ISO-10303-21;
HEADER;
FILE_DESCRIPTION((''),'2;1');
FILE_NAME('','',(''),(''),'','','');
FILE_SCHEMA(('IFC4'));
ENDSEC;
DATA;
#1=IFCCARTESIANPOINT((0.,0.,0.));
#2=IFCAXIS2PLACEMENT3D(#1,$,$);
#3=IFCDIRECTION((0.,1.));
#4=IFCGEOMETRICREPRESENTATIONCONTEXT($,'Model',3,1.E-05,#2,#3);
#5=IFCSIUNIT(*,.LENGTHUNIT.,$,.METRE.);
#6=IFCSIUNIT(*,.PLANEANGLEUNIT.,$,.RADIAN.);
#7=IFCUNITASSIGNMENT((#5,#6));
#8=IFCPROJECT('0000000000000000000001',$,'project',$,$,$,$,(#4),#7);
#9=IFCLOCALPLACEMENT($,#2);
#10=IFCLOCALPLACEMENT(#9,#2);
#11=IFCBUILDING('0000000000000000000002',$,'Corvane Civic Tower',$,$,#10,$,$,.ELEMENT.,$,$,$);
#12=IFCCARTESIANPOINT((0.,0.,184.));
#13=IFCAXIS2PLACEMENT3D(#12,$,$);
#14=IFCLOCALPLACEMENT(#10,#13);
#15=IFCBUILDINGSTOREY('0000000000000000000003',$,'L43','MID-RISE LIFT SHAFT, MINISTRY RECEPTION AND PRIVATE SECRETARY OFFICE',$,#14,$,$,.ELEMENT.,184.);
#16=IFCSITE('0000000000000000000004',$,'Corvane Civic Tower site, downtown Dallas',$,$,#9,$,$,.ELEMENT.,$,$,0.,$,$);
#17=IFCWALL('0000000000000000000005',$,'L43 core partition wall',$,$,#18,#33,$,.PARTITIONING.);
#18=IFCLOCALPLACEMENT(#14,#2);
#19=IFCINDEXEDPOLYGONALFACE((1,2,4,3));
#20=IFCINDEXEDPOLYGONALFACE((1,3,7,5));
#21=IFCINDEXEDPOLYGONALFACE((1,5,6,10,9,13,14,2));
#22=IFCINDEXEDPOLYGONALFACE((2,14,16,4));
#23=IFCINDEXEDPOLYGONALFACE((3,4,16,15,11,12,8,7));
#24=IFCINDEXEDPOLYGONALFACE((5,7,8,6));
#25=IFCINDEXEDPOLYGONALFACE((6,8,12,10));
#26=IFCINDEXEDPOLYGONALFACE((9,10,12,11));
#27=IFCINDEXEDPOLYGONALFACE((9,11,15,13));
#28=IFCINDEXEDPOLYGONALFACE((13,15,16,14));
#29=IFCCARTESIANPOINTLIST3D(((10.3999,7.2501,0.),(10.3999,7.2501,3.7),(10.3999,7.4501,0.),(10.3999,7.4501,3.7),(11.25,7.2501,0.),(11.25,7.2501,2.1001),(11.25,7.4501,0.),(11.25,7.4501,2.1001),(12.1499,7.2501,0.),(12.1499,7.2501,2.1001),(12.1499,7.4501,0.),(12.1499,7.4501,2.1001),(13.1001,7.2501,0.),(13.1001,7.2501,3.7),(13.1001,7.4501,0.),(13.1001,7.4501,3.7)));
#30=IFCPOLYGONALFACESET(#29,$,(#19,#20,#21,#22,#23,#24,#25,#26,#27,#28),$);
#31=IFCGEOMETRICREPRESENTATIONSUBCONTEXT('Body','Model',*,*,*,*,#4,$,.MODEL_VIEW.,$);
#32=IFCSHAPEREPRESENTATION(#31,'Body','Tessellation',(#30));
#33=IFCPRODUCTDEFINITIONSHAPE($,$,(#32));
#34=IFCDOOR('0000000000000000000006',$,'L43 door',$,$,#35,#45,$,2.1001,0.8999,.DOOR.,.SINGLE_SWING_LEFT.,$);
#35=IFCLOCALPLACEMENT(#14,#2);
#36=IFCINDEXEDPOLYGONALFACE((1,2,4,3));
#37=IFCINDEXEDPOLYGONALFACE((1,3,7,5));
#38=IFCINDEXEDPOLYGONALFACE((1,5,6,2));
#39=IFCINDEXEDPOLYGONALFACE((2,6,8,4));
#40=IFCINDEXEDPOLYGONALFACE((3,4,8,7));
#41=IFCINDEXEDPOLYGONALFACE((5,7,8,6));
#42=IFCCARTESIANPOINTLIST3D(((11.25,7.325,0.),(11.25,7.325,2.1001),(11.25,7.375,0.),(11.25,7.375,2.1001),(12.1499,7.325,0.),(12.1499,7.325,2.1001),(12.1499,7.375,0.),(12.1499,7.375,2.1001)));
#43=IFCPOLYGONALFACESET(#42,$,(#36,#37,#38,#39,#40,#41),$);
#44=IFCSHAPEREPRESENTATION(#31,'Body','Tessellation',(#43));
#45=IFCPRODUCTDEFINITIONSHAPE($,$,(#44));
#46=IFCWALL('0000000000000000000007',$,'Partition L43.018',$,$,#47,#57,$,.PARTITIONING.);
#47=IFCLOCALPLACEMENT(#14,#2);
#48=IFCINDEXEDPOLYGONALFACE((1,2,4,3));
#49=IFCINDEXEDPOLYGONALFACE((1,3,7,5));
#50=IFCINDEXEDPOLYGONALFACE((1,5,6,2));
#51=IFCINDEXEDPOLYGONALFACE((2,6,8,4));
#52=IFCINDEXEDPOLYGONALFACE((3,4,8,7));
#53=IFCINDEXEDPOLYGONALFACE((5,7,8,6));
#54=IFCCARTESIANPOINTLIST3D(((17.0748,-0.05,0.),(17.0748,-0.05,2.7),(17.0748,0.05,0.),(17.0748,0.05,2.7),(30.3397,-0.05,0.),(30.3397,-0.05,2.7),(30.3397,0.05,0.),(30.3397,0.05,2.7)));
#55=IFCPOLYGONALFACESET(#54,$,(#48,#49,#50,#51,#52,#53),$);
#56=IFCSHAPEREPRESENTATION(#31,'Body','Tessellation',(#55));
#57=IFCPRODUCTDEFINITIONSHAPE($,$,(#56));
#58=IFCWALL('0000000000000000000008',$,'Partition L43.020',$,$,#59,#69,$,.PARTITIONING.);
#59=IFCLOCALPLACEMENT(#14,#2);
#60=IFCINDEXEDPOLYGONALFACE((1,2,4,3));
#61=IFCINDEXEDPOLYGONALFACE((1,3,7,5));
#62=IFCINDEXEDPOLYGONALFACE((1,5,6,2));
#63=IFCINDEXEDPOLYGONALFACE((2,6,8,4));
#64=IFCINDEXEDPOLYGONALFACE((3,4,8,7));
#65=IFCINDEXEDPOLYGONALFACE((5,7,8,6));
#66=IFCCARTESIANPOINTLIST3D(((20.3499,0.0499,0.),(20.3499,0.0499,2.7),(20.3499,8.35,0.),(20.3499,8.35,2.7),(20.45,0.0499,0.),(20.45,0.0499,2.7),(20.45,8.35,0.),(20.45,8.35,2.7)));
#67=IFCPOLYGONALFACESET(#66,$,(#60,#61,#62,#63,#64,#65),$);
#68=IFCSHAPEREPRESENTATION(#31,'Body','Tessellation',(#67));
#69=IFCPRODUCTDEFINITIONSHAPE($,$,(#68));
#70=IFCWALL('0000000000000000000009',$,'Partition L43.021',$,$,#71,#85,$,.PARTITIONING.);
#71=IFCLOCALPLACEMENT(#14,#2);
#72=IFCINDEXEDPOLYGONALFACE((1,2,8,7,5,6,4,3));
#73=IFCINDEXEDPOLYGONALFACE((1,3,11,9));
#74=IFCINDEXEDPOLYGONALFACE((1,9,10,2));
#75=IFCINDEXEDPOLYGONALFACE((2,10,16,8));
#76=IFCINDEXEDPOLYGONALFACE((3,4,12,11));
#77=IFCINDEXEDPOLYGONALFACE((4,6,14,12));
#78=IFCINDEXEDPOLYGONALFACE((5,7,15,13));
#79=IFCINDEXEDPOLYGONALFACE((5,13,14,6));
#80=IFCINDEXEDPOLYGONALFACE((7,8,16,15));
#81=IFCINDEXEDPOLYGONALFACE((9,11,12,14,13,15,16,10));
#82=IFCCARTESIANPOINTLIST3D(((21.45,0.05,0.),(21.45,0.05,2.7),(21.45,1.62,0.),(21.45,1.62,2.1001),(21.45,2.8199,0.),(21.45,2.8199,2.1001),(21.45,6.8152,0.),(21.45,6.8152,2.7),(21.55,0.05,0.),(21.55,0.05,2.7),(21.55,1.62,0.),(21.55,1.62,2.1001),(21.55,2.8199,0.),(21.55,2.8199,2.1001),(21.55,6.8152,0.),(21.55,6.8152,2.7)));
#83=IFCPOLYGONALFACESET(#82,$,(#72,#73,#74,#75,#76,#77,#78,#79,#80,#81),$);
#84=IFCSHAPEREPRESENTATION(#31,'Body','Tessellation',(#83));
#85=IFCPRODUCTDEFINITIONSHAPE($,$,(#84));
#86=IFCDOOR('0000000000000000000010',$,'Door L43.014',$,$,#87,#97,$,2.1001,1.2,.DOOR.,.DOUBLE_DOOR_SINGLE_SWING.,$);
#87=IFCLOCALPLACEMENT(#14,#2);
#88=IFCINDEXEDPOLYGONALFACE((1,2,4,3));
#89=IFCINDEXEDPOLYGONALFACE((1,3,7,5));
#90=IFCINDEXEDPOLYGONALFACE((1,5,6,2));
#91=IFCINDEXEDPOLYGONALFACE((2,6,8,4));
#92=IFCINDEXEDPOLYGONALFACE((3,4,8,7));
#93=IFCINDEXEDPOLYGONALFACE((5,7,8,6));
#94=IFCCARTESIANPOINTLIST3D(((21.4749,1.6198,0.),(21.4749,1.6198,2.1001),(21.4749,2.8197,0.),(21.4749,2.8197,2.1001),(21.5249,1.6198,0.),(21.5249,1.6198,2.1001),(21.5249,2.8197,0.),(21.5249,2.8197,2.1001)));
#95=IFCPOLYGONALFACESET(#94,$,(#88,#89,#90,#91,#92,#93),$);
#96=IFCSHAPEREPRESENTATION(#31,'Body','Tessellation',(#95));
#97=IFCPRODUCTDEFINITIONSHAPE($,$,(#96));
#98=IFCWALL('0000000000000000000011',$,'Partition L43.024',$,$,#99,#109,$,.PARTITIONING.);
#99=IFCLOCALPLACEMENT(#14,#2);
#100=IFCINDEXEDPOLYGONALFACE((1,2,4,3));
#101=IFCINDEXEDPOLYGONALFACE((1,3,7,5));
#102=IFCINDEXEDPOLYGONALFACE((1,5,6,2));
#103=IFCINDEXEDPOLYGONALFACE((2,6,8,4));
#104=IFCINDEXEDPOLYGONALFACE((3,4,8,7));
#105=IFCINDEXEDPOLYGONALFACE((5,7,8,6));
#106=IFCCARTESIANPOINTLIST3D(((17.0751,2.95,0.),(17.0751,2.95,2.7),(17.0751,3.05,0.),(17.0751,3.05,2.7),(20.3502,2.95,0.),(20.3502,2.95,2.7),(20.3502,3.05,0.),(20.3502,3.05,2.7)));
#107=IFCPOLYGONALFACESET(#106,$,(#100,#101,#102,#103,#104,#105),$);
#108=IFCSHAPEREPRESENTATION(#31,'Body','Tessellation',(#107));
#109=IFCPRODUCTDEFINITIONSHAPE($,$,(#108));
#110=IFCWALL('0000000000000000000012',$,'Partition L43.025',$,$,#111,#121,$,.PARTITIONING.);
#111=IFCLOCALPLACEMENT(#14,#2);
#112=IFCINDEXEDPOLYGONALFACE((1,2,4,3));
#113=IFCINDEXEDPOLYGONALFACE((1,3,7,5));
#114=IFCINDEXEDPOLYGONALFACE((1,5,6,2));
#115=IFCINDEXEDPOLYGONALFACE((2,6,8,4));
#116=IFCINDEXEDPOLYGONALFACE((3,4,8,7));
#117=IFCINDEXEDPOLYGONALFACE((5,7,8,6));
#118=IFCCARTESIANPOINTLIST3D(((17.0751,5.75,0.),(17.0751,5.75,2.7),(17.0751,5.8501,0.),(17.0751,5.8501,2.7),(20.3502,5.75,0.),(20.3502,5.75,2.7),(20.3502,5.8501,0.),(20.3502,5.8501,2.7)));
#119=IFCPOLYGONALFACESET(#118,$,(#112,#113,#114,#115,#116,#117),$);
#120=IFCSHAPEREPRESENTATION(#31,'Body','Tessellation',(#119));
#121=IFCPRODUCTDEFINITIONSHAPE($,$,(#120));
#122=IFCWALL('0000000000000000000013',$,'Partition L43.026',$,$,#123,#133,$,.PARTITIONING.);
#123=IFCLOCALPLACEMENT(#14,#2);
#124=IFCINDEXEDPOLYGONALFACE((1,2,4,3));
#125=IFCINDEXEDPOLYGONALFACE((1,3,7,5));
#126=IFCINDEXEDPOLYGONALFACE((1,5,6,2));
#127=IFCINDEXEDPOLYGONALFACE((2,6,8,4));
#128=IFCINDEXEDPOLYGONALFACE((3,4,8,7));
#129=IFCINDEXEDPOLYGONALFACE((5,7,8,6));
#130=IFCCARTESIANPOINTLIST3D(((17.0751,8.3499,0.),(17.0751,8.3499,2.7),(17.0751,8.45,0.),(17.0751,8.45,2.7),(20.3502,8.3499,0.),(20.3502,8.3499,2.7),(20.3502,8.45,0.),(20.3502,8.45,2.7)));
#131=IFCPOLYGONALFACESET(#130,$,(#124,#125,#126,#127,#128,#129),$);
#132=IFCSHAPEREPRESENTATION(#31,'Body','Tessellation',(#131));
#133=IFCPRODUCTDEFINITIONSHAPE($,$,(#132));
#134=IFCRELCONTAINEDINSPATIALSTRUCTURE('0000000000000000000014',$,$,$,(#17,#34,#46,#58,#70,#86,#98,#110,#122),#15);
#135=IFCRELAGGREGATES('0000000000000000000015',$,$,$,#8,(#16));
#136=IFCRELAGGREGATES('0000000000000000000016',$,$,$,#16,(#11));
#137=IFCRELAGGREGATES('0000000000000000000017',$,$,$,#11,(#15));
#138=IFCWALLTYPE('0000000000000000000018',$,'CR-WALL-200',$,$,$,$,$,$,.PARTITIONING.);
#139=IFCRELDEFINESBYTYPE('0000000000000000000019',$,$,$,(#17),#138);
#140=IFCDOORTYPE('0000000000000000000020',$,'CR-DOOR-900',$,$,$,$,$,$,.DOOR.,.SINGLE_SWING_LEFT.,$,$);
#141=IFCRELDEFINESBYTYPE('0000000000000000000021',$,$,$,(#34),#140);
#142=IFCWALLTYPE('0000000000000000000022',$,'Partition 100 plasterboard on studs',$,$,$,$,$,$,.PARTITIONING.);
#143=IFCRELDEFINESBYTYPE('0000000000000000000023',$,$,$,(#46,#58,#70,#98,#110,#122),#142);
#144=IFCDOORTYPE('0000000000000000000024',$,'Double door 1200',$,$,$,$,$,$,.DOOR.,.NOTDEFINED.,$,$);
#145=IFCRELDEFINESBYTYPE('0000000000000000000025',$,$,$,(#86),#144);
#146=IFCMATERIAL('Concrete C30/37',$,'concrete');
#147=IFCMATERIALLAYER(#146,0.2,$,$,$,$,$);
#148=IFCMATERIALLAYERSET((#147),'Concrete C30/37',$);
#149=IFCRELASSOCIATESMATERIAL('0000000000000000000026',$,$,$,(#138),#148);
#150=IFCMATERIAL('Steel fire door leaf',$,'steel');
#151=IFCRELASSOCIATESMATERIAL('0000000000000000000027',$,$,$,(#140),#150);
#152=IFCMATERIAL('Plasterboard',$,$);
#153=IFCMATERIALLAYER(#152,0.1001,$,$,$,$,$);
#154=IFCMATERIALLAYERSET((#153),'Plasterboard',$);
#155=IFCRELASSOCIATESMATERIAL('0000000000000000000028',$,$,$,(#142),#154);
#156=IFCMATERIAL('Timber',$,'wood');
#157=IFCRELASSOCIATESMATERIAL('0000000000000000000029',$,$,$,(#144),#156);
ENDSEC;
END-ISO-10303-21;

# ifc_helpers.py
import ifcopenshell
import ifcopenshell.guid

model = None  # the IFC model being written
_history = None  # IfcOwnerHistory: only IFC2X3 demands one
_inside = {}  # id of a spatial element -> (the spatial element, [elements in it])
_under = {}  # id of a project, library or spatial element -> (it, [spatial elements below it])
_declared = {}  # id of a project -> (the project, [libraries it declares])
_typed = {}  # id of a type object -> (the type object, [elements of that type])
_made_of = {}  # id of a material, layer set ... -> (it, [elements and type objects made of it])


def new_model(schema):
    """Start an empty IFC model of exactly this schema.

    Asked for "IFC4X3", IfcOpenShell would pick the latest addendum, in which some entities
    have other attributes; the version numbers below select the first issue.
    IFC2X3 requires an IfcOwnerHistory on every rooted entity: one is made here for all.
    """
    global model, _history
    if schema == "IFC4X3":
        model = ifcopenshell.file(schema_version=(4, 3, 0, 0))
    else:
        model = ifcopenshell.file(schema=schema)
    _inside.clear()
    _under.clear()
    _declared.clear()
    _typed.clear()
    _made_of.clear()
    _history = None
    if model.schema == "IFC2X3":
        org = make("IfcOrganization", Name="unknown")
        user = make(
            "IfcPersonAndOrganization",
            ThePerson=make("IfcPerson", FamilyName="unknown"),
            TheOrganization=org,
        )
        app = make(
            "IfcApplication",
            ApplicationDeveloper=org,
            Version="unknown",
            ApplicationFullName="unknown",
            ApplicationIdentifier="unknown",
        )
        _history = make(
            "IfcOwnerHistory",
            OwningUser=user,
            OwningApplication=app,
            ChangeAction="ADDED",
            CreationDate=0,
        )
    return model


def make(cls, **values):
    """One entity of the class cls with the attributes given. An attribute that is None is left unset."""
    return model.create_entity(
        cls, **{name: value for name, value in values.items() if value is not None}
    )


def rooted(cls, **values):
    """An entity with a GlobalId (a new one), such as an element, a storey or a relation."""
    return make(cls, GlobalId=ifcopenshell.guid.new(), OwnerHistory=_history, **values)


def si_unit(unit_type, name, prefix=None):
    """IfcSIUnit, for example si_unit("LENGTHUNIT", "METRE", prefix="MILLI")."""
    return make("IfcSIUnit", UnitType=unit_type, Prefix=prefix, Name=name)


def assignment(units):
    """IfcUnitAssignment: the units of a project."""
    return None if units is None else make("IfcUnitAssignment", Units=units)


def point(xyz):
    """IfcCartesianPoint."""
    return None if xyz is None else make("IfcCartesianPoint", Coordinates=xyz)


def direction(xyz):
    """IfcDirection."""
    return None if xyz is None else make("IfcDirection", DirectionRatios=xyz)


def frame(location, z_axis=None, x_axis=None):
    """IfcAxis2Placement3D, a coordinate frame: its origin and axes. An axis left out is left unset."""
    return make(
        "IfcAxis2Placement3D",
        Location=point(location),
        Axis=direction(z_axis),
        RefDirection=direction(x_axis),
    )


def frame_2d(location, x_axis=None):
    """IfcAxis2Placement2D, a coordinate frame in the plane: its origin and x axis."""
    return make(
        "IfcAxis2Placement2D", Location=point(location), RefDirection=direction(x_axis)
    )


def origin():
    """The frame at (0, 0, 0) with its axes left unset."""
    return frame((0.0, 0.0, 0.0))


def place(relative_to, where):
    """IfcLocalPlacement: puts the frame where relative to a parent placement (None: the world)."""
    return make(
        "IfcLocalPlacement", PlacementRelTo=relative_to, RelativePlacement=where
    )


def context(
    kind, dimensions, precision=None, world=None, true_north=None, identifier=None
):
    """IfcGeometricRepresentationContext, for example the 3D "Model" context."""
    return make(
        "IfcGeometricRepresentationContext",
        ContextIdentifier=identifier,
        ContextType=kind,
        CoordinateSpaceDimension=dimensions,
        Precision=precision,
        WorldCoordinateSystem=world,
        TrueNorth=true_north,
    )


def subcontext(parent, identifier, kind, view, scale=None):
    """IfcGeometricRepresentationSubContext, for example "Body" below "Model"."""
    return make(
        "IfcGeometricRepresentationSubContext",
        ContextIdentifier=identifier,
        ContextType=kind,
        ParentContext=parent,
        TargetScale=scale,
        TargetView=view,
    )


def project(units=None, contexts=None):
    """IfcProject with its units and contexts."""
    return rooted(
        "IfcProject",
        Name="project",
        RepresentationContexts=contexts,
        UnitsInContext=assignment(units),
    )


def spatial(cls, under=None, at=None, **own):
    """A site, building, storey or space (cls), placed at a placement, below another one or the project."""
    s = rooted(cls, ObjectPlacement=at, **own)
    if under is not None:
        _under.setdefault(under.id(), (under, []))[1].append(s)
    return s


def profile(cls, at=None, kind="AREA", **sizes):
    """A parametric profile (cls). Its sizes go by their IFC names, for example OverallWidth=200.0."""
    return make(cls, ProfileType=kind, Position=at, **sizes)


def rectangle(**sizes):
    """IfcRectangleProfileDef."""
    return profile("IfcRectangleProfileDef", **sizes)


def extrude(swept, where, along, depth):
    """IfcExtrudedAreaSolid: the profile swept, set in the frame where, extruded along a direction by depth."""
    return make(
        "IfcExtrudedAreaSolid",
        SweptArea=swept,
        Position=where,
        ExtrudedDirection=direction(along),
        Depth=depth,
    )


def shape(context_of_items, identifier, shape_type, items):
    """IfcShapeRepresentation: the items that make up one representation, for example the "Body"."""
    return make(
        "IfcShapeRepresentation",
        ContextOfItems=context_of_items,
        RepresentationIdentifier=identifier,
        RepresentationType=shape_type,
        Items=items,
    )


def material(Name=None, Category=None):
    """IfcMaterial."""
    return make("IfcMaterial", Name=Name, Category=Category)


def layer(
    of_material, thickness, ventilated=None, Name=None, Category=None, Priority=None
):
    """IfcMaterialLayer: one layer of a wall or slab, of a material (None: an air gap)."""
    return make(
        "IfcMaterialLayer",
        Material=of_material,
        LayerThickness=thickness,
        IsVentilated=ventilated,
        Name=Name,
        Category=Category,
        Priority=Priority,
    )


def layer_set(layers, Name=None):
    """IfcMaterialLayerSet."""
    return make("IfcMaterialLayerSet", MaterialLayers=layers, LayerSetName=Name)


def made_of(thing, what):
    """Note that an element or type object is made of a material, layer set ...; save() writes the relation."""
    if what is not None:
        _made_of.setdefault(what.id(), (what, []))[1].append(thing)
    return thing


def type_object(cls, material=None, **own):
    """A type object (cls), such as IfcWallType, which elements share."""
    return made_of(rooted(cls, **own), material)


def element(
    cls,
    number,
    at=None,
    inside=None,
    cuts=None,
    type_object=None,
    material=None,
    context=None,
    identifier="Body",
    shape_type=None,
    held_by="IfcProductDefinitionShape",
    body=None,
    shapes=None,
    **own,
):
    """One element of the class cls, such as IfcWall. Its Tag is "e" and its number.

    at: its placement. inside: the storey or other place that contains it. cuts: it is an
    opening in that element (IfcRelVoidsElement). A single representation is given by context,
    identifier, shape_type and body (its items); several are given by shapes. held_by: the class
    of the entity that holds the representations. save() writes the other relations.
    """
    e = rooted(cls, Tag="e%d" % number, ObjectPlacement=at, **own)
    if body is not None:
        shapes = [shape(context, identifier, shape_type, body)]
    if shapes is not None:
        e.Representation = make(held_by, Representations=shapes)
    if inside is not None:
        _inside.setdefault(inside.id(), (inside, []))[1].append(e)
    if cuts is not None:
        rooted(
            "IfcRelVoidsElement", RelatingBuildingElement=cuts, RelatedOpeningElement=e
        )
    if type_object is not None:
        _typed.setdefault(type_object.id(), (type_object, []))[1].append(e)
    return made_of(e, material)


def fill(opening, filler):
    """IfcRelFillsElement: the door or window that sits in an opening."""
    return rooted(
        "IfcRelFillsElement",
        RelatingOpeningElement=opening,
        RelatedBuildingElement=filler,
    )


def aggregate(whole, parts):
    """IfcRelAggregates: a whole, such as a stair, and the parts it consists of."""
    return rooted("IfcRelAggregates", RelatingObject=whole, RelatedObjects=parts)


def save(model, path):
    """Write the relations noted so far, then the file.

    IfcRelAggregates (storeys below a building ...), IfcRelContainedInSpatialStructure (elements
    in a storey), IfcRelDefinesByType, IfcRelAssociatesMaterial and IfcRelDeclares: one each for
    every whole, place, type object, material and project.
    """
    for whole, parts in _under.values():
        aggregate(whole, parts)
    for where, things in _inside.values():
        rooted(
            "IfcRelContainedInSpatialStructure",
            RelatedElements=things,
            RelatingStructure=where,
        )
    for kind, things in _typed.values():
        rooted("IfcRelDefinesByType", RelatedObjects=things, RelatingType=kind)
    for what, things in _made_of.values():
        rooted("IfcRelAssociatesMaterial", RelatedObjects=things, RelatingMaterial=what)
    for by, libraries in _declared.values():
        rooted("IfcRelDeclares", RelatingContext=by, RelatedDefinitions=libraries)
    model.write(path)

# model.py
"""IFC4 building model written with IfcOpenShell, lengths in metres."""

from ifc_helpers import new_model, si_unit, direction, frame, frame_2d, origin, place, context, subcontext, project, spatial, rectangle, extrude, material, layer, layer_set, type_object, element, fill, save


model = new_model("IFC4")

# Units and contexts
model_context = context("Model", 3, precision=1e-05, world=origin(), true_north=direction((0.0, 1.0)))
body_context = subcontext(model_context, "Body", "Model", "MODEL_VIEW")
ifc_project = project(units=[si_unit("LENGTHUNIT", "METRE"), si_unit("PLANEANGLEUNIT", "RADIAN")], contexts=[model_context])

# Site, building, storey
site_placement = place(None, origin())
site = spatial("IfcSite", under=ifc_project, at=site_placement, Name="Corvane Civic Tower site, downtown Dallas", CompositionType="ELEMENT", RefElevation=0.0)
building_placement = place(site_placement, origin())
building = spatial("IfcBuilding", under=site, at=building_placement, Name="Corvane Civic Tower", CompositionType="ELEMENT")
storey_placement = place(building_placement, frame((0.0, 0.0, 184.0)))
storey = spatial("IfcBuildingStorey", under=building, at=storey_placement, Name="L43", Description="MID-RISE LIFT SHAFT, MINISTRY RECEPTION AND PRIVATE SECRETARY OFFICE", CompositionType="ELEMENT", Elevation=184.0)

# Wall, opening, door
ifc_material_1 = material(Name="Concrete C30/37", Category="concrete")
ifc_layer_1 = layer(ifc_material_1, 0.2)
ifc_layer_set_1 = layer_set([ifc_layer_1], Name="Concrete C30/37")
wall_type_1 = type_object("IfcWallType", Name="CR-WALL-200", PredefinedType="PARTITIONING", material=ifc_layer_set_1)
wall_1_placement = place(storey_placement, frame((10.3999, 7.3501, 0.0), z_axis=(0.0, 0.0, 1.0), x_axis=(1.0, 0.0, 0.0)))
wall_1 = element("IfcWall", 1, at=wall_1_placement, inside=storey, type_object=wall_type_1, Name="L43 core partition wall", PredefinedType="PARTITIONING", context=body_context, shape_type="SweptSolid", body=[
    extrude(rectangle(XDim=2.7002, YDim=0.2, at=frame_2d((1.3501, 0.0))), origin(), (0.0, 0.0, 1.0), 3.7),
])
opening_1_placement = place(wall_1_placement, frame((0.8501, 0.0, 0.0)))
opening_1 = element("IfcOpeningElement", 2, at=opening_1_placement, cuts=wall_1, PredefinedType="OPENING", context=body_context, shape_type="SweptSolid", body=[
    extrude(rectangle(XDim=0.8999, YDim=2.1001, at=frame_2d((0.45, 1.05))), frame((0.0, 0.1099, 0.0), z_axis=(0.0, -1.0, 0.0), x_axis=(1.0, 0.0, 0.0)), (0.0, 0.0, 1.0), 0.22),
])
ifc_material_2 = material(Name="Steel fire door leaf", Category="steel")
door_type_1 = type_object("IfcDoorType", Name="CR-DOOR-900", OperationType="SINGLE_SWING_LEFT", PredefinedType="DOOR", material=ifc_material_2)
door_1_placement = place(opening_1_placement, origin())
door_1 = element("IfcDoor", 3, at=door_1_placement, inside=storey, type_object=door_type_1, Name="L43 door", OperationType="SINGLE_SWING_LEFT", OverallHeight=2.1001, OverallWidth=0.8999, PredefinedType="DOOR", context=body_context, shape_type="SweptSolid", body=[
    extrude(rectangle(XDim=0.8999, YDim=2.1001, at=frame_2d((0.45, 1.05))), frame((0.0, 0.0249, 0.0), z_axis=(0.0, -1.0, 0.0), x_axis=(1.0, 0.0, 0.0)), (0.0, 0.0, 1.0), 0.05),
])
fill(opening_1, door_1)

# Walls
ifc_material_3 = material(Name="Plasterboard")
ifc_layer_2 = layer(ifc_material_3, 0.1001)
ifc_layer_set_2 = layer_set([ifc_layer_2], Name="Plasterboard")
wall_type_2 = type_object("IfcWallType", Name="Partition 100 plasterboard on studs", PredefinedType="PARTITIONING", material=ifc_layer_set_2)
wall_2_placement = place(storey_placement, frame((17.075, 0.0, 0.0), z_axis=(0.0, 0.0, 1.0), x_axis=(1.0, 0.0, 0.0)))
element("IfcWall", 4, at=wall_2_placement, inside=storey, type_object=wall_type_2, Name="Partition L43.018", PredefinedType="PARTITIONING", context=body_context, shape_type="SweptSolid", body=[
    extrude(rectangle(XDim=13.2649, YDim=0.1001, at=frame_2d((6.6323, 0.0))), origin(), (0.0, 0.0, 1.0), 2.7),
])
wall_3_placement = place(storey_placement, frame((20.3999, 0.05, 0.0), z_axis=(0.0, 0.0, 1.0), x_axis=(0.0, 1.0, 0.0)))
element("IfcWall", 5, at=wall_3_placement, inside=storey, type_object=wall_type_2, Name="Partition L43.020", PredefinedType="PARTITIONING", context=body_context, shape_type="SweptSolid", body=[
    extrude(rectangle(XDim=8.3, YDim=0.1001, at=frame_2d((4.1499, 0.0))), origin(), (0.0, 0.0, 1.0), 2.7),
])

# Wall, opening, door
wall_4_placement = place(storey_placement, frame((21.5, 0.05, 0.0), z_axis=(0.0, 0.0, 1.0), x_axis=(0.0, 1.0, 0.0)))
wall_4 = element("IfcWall", 6, at=wall_4_placement, inside=storey, type_object=wall_type_2, Name="Partition L43.021", PredefinedType="PARTITIONING", context=body_context, shape_type="SweptSolid", body=[
    extrude(rectangle(XDim=6.7651, YDim=0.1001, at=frame_2d((3.3826, 0.0))), origin(), (0.0, 0.0, 1.0), 2.7),
])
opening_2_placement = place(wall_4_placement, frame((1.5698, 0.0, 0.0)))
opening_2 = element("IfcOpeningElement", 7, at=opening_2_placement, cuts=wall_4, PredefinedType="OPENING", context=body_context, shape_type="SweptSolid", body=[
    extrude(rectangle(XDim=1.2, YDim=2.1001, at=frame_2d((0.6001, 1.05))), frame((0.0, 0.0601, 0.0), z_axis=(0.0, -1.0, 0.0), x_axis=(1.0, 0.0, 0.0)), (0.0, 0.0, 1.0), 0.1201),
])
ifc_material_4 = material(Name="Timber", Category="wood")
door_type_2 = type_object("IfcDoorType", Name="Double door 1200", OperationType="NOTDEFINED", PredefinedType="DOOR", material=ifc_material_4)
door_2_placement = place(opening_2_placement, frame((1.2, 0.0, 0.0), z_axis=(0.0, 0.0, 1.0), x_axis=(-1.0, 0.0, 0.0)))
door_2 = element("IfcDoor", 8, at=door_2_placement, inside=storey, type_object=door_type_2, Name="Door L43.014", OperationType="DOUBLE_DOOR_SINGLE_SWING", OverallHeight=2.1001, OverallWidth=1.2, PredefinedType="DOOR", context=body_context, shape_type="SweptSolid", body=[
    extrude(rectangle(XDim=1.2, YDim=2.1001, at=frame_2d((0.6001, 1.05))), frame((0.0, 0.0249, 0.0), z_axis=(0.0, -1.0, 0.0), x_axis=(1.0, 0.0, 0.0)), (0.0, 0.0, 1.0), 0.05),
])
fill(opening_2, door_2)

# Walls
for number, where, z_axis, x_axis, name in (
    (9, (17.075, 3.0, 0.0), (0.0, 0.0, 1.0), (1.0, 0.0, 0.0), "Partition L43.024"),
    (10, (17.075, 5.8, 0.0), (0.0, 0.0, 1.0), (1.0, 0.0, 0.0), "Partition L43.025"),
    (11, (17.075, 8.3999, 0.0), (0.0, 0.0, 1.0), (1.0, 0.0, 0.0), "Partition L43.026"),
):
    element("IfcWall", number, at=place(storey_placement, frame(where, z_axis=z_axis, x_axis=x_axis)), inside=storey, type_object=wall_type_2, Name=name, PredefinedType="PARTITIONING", context=body_context, shape_type="SweptSolid", body=[
        extrude(rectangle(XDim=3.2751, YDim=0.1001, at=frame_2d((1.6377, 0.0))), origin(), (0.0, 0.0, 1.0), 2.7),
    ])

save(model, "model.ifc")
